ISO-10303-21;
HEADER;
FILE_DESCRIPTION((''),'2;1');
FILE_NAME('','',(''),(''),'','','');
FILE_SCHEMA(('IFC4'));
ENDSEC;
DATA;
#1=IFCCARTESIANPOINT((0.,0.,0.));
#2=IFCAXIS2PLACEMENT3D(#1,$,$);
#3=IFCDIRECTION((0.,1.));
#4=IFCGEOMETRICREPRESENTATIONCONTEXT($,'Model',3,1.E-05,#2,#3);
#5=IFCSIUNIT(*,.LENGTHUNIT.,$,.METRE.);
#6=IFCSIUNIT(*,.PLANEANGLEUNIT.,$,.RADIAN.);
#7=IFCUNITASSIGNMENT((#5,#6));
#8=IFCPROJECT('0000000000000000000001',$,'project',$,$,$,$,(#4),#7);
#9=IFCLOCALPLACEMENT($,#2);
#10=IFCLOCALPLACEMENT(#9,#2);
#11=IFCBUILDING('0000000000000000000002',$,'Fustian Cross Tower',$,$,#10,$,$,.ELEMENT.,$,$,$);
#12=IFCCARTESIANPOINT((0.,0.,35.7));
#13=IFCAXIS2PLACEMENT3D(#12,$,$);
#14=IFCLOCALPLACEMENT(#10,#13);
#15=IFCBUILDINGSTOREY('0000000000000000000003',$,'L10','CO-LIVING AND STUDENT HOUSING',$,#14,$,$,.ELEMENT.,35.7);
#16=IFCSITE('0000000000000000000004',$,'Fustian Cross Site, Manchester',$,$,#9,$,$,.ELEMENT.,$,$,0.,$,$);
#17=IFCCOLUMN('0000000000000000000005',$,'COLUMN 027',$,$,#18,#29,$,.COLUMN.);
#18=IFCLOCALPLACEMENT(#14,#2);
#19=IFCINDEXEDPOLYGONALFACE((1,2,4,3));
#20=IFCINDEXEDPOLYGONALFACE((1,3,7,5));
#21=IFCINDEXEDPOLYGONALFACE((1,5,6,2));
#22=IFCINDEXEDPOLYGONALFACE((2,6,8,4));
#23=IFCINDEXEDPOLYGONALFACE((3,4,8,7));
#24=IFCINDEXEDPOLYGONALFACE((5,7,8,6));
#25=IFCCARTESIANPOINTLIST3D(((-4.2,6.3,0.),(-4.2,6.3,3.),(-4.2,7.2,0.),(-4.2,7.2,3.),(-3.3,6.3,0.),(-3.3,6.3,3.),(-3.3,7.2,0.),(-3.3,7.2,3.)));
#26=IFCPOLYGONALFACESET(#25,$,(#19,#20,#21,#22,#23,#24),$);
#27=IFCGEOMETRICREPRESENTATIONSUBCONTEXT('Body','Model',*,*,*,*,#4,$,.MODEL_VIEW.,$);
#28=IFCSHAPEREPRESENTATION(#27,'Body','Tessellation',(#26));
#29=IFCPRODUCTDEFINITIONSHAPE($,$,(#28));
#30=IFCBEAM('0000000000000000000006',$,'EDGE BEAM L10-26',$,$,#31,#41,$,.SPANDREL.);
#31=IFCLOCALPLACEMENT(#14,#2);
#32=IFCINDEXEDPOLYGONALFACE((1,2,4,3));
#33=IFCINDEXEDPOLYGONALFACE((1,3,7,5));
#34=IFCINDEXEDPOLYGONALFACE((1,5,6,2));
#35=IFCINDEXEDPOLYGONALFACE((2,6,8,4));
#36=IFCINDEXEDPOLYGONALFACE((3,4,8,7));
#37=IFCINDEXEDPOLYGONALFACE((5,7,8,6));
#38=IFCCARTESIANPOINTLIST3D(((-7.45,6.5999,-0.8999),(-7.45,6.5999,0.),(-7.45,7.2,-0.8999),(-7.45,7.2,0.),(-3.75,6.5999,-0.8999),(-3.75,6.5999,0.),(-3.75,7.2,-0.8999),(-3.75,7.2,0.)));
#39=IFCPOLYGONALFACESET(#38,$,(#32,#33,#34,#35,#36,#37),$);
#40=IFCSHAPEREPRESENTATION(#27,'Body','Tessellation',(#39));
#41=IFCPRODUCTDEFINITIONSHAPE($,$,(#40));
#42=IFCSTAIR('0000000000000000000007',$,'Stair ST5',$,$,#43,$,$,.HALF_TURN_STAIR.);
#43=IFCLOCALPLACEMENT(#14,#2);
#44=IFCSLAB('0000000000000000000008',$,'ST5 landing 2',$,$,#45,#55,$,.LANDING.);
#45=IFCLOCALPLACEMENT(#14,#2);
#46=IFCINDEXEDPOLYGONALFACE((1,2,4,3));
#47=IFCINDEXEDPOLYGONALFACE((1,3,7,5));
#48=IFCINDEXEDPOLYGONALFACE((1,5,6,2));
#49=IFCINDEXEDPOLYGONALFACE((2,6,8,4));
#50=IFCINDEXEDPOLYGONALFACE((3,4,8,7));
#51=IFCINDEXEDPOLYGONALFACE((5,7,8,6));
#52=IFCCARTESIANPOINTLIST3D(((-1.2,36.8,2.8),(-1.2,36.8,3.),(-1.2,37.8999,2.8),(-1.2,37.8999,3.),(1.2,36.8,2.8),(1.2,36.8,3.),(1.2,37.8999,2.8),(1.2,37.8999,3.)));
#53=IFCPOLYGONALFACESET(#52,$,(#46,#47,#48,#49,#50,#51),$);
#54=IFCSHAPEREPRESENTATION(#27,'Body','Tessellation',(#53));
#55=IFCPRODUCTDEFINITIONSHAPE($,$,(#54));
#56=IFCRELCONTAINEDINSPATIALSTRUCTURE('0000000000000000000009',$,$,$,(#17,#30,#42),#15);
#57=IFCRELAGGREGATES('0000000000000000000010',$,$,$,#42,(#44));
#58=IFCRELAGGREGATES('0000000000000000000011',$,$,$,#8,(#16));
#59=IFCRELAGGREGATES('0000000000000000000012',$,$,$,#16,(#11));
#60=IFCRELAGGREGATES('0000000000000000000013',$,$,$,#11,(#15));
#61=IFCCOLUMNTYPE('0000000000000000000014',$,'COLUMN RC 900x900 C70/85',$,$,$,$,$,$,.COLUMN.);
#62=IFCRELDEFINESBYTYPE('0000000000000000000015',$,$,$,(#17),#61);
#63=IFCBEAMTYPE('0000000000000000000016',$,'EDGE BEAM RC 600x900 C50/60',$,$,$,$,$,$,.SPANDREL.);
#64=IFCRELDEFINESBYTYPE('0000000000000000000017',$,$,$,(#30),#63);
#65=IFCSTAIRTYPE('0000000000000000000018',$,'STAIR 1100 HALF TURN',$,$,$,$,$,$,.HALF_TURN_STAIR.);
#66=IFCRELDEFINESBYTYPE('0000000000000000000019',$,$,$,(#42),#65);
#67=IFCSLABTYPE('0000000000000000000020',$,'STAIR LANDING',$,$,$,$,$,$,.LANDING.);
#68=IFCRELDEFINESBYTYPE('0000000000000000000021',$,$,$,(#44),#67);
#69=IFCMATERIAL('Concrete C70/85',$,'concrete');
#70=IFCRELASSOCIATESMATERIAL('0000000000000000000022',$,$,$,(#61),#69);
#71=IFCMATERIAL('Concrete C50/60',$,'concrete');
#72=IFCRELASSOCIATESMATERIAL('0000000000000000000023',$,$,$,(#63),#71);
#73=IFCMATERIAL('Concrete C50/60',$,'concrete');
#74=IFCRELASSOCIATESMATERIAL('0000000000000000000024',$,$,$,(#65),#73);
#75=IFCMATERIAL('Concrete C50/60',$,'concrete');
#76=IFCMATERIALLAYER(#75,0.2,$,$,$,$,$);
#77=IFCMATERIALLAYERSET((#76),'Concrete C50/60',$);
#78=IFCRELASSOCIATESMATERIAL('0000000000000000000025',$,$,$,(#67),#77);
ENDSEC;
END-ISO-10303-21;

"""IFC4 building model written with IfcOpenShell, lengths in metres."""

from ifc_helpers import new_model, si_unit, direction, frame, origin, origin_2d, place, context, subcontext, project, spatial, polyline, rectangle, outline, extrude, material, layer, layer_set, material_profile, profile_set, type_object, element, aggregate, save


model = new_model("IFC4")

# Units and contexts
model_context = context("Model", 3, precision=1e-05, world=origin(), true_north=direction((0.0, 1.0)))
body_context = subcontext(model_context, "Body", "Model", "MODEL_VIEW")
ifc_project = project(units=[si_unit("LENGTHUNIT", "METRE"), si_unit("PLANEANGLEUNIT", "RADIAN")], contexts=[model_context])

# Site, building, storey
site_placement = place(None, origin())
site = spatial("IfcSite", under=ifc_project, at=site_placement, Name="Fustian Cross Site, Manchester", CompositionType="ELEMENT", RefElevation=0.0)
building_placement = place(site_placement, origin())
building = spatial("IfcBuilding", under=site, at=building_placement, Name="Fustian Cross Tower", CompositionType="ELEMENT")
storey_placement = place(building_placement, frame((0.0, 0.0, 35.7)))
storey = spatial("IfcBuildingStorey", under=building, at=storey_placement, Name="L10", Description="CO-LIVING AND STUDENT HOUSING", CompositionType="ELEMENT", Elevation=35.7)

# Column
ifc_material_1 = material(Name="Concrete C70/85", Category="concrete")
ifc_material_profile_1 = material_profile(ifc_material_1, rectangle(XDim=0.8999, YDim=0.8999, at=origin_2d()), Name="RC 900x900")
ifc_profile_set_1 = profile_set([ifc_material_profile_1], Name="Concrete C70/85")
column_type = type_object("IfcColumnType", Name="COLUMN RC 900x900 C70/85", PredefinedType="COLUMN", material=ifc_profile_set_1)
column_placement = place(storey_placement, frame((-3.75, 6.75, 0.0), z_axis=(0.0, 0.0, 1.0), x_axis=(1.0, 0.0, 0.0)))
element("IfcColumn", 1, at=column_placement, inside=storey, type_object=column_type, Name="COLUMN 027", PredefinedType="COLUMN", context=body_context, shape_type="SweptSolid", body=[
    extrude(rectangle(XDim=0.8999, YDim=0.8999, at=origin_2d()), origin(), (0.0, 0.0, 1.0), 3.0),
])

# Beam
ifc_material_2 = material(Name="Concrete C50/60", Category="concrete")
ifc_material_profile_2 = material_profile(ifc_material_2, rectangle(XDim=0.6001, YDim=0.8999, at=origin_2d()), Name="RC 600x900")
ifc_profile_set_2 = profile_set([ifc_material_profile_2], Name="Concrete C50/60")
beam_type = type_object("IfcBeamType", Name="EDGE BEAM RC 600x900 C50/60", PredefinedType="SPANDREL", material=ifc_profile_set_2)
beam_placement = place(storey_placement, frame((-3.75, 6.8999, -0.45), z_axis=(-1.0, 0.0, 0.0), x_axis=(0.0, -1.0, 0.0)))
element("IfcBeam", 2, at=beam_placement, inside=storey, type_object=beam_type, Name="EDGE BEAM L10-26", PredefinedType="SPANDREL", context=body_context, shape_type="SweptSolid", body=[
    extrude(rectangle(XDim=0.6001, YDim=0.8999, at=origin_2d()), origin(), (0.0, 0.0, 1.0), 3.7),
])

# Stair, slab
ifc_material_3 = material(Name="Concrete C50/60", Category="concrete")
stair_type = type_object("IfcStairType", Name="STAIR 1100 HALF TURN", PredefinedType="HALF_TURN_STAIR", material=ifc_material_3)
stair_placement = place(storey_placement, origin())
stair = element("IfcStair", 3, at=stair_placement, inside=storey, type_object=stair_type, Name="Stair ST5", PredefinedType="HALF_TURN_STAIR")
ifc_material_4 = material(Name="Concrete C50/60", Category="concrete")
ifc_layer_1 = layer(ifc_material_4, 0.2)
ifc_layer_set_1 = layer_set([ifc_layer_1], Name="Concrete C50/60")
slab_type = type_object("IfcSlabType", Name="STAIR LANDING", PredefinedType="LANDING", material=ifc_layer_set_1)
slab_placement = place(storey_placement, frame((0.0, 0.0, 2.8)))
slab = element("IfcSlab", 4, at=slab_placement, type_object=slab_type, Name="ST5 landing 2", PredefinedType="LANDING", context=body_context, shape_type="SweptSolid", body=[
    extrude(outline(polyline([(-1.2, 36.8), (-1.2, 37.8999), (1.2, 37.8999), (1.2, 36.8), (-1.2, 36.8)])), origin(), (0.0, 0.0, 1.0), 0.2),
])
aggregate(stair, [slab])

save(model, "model.ifc")
